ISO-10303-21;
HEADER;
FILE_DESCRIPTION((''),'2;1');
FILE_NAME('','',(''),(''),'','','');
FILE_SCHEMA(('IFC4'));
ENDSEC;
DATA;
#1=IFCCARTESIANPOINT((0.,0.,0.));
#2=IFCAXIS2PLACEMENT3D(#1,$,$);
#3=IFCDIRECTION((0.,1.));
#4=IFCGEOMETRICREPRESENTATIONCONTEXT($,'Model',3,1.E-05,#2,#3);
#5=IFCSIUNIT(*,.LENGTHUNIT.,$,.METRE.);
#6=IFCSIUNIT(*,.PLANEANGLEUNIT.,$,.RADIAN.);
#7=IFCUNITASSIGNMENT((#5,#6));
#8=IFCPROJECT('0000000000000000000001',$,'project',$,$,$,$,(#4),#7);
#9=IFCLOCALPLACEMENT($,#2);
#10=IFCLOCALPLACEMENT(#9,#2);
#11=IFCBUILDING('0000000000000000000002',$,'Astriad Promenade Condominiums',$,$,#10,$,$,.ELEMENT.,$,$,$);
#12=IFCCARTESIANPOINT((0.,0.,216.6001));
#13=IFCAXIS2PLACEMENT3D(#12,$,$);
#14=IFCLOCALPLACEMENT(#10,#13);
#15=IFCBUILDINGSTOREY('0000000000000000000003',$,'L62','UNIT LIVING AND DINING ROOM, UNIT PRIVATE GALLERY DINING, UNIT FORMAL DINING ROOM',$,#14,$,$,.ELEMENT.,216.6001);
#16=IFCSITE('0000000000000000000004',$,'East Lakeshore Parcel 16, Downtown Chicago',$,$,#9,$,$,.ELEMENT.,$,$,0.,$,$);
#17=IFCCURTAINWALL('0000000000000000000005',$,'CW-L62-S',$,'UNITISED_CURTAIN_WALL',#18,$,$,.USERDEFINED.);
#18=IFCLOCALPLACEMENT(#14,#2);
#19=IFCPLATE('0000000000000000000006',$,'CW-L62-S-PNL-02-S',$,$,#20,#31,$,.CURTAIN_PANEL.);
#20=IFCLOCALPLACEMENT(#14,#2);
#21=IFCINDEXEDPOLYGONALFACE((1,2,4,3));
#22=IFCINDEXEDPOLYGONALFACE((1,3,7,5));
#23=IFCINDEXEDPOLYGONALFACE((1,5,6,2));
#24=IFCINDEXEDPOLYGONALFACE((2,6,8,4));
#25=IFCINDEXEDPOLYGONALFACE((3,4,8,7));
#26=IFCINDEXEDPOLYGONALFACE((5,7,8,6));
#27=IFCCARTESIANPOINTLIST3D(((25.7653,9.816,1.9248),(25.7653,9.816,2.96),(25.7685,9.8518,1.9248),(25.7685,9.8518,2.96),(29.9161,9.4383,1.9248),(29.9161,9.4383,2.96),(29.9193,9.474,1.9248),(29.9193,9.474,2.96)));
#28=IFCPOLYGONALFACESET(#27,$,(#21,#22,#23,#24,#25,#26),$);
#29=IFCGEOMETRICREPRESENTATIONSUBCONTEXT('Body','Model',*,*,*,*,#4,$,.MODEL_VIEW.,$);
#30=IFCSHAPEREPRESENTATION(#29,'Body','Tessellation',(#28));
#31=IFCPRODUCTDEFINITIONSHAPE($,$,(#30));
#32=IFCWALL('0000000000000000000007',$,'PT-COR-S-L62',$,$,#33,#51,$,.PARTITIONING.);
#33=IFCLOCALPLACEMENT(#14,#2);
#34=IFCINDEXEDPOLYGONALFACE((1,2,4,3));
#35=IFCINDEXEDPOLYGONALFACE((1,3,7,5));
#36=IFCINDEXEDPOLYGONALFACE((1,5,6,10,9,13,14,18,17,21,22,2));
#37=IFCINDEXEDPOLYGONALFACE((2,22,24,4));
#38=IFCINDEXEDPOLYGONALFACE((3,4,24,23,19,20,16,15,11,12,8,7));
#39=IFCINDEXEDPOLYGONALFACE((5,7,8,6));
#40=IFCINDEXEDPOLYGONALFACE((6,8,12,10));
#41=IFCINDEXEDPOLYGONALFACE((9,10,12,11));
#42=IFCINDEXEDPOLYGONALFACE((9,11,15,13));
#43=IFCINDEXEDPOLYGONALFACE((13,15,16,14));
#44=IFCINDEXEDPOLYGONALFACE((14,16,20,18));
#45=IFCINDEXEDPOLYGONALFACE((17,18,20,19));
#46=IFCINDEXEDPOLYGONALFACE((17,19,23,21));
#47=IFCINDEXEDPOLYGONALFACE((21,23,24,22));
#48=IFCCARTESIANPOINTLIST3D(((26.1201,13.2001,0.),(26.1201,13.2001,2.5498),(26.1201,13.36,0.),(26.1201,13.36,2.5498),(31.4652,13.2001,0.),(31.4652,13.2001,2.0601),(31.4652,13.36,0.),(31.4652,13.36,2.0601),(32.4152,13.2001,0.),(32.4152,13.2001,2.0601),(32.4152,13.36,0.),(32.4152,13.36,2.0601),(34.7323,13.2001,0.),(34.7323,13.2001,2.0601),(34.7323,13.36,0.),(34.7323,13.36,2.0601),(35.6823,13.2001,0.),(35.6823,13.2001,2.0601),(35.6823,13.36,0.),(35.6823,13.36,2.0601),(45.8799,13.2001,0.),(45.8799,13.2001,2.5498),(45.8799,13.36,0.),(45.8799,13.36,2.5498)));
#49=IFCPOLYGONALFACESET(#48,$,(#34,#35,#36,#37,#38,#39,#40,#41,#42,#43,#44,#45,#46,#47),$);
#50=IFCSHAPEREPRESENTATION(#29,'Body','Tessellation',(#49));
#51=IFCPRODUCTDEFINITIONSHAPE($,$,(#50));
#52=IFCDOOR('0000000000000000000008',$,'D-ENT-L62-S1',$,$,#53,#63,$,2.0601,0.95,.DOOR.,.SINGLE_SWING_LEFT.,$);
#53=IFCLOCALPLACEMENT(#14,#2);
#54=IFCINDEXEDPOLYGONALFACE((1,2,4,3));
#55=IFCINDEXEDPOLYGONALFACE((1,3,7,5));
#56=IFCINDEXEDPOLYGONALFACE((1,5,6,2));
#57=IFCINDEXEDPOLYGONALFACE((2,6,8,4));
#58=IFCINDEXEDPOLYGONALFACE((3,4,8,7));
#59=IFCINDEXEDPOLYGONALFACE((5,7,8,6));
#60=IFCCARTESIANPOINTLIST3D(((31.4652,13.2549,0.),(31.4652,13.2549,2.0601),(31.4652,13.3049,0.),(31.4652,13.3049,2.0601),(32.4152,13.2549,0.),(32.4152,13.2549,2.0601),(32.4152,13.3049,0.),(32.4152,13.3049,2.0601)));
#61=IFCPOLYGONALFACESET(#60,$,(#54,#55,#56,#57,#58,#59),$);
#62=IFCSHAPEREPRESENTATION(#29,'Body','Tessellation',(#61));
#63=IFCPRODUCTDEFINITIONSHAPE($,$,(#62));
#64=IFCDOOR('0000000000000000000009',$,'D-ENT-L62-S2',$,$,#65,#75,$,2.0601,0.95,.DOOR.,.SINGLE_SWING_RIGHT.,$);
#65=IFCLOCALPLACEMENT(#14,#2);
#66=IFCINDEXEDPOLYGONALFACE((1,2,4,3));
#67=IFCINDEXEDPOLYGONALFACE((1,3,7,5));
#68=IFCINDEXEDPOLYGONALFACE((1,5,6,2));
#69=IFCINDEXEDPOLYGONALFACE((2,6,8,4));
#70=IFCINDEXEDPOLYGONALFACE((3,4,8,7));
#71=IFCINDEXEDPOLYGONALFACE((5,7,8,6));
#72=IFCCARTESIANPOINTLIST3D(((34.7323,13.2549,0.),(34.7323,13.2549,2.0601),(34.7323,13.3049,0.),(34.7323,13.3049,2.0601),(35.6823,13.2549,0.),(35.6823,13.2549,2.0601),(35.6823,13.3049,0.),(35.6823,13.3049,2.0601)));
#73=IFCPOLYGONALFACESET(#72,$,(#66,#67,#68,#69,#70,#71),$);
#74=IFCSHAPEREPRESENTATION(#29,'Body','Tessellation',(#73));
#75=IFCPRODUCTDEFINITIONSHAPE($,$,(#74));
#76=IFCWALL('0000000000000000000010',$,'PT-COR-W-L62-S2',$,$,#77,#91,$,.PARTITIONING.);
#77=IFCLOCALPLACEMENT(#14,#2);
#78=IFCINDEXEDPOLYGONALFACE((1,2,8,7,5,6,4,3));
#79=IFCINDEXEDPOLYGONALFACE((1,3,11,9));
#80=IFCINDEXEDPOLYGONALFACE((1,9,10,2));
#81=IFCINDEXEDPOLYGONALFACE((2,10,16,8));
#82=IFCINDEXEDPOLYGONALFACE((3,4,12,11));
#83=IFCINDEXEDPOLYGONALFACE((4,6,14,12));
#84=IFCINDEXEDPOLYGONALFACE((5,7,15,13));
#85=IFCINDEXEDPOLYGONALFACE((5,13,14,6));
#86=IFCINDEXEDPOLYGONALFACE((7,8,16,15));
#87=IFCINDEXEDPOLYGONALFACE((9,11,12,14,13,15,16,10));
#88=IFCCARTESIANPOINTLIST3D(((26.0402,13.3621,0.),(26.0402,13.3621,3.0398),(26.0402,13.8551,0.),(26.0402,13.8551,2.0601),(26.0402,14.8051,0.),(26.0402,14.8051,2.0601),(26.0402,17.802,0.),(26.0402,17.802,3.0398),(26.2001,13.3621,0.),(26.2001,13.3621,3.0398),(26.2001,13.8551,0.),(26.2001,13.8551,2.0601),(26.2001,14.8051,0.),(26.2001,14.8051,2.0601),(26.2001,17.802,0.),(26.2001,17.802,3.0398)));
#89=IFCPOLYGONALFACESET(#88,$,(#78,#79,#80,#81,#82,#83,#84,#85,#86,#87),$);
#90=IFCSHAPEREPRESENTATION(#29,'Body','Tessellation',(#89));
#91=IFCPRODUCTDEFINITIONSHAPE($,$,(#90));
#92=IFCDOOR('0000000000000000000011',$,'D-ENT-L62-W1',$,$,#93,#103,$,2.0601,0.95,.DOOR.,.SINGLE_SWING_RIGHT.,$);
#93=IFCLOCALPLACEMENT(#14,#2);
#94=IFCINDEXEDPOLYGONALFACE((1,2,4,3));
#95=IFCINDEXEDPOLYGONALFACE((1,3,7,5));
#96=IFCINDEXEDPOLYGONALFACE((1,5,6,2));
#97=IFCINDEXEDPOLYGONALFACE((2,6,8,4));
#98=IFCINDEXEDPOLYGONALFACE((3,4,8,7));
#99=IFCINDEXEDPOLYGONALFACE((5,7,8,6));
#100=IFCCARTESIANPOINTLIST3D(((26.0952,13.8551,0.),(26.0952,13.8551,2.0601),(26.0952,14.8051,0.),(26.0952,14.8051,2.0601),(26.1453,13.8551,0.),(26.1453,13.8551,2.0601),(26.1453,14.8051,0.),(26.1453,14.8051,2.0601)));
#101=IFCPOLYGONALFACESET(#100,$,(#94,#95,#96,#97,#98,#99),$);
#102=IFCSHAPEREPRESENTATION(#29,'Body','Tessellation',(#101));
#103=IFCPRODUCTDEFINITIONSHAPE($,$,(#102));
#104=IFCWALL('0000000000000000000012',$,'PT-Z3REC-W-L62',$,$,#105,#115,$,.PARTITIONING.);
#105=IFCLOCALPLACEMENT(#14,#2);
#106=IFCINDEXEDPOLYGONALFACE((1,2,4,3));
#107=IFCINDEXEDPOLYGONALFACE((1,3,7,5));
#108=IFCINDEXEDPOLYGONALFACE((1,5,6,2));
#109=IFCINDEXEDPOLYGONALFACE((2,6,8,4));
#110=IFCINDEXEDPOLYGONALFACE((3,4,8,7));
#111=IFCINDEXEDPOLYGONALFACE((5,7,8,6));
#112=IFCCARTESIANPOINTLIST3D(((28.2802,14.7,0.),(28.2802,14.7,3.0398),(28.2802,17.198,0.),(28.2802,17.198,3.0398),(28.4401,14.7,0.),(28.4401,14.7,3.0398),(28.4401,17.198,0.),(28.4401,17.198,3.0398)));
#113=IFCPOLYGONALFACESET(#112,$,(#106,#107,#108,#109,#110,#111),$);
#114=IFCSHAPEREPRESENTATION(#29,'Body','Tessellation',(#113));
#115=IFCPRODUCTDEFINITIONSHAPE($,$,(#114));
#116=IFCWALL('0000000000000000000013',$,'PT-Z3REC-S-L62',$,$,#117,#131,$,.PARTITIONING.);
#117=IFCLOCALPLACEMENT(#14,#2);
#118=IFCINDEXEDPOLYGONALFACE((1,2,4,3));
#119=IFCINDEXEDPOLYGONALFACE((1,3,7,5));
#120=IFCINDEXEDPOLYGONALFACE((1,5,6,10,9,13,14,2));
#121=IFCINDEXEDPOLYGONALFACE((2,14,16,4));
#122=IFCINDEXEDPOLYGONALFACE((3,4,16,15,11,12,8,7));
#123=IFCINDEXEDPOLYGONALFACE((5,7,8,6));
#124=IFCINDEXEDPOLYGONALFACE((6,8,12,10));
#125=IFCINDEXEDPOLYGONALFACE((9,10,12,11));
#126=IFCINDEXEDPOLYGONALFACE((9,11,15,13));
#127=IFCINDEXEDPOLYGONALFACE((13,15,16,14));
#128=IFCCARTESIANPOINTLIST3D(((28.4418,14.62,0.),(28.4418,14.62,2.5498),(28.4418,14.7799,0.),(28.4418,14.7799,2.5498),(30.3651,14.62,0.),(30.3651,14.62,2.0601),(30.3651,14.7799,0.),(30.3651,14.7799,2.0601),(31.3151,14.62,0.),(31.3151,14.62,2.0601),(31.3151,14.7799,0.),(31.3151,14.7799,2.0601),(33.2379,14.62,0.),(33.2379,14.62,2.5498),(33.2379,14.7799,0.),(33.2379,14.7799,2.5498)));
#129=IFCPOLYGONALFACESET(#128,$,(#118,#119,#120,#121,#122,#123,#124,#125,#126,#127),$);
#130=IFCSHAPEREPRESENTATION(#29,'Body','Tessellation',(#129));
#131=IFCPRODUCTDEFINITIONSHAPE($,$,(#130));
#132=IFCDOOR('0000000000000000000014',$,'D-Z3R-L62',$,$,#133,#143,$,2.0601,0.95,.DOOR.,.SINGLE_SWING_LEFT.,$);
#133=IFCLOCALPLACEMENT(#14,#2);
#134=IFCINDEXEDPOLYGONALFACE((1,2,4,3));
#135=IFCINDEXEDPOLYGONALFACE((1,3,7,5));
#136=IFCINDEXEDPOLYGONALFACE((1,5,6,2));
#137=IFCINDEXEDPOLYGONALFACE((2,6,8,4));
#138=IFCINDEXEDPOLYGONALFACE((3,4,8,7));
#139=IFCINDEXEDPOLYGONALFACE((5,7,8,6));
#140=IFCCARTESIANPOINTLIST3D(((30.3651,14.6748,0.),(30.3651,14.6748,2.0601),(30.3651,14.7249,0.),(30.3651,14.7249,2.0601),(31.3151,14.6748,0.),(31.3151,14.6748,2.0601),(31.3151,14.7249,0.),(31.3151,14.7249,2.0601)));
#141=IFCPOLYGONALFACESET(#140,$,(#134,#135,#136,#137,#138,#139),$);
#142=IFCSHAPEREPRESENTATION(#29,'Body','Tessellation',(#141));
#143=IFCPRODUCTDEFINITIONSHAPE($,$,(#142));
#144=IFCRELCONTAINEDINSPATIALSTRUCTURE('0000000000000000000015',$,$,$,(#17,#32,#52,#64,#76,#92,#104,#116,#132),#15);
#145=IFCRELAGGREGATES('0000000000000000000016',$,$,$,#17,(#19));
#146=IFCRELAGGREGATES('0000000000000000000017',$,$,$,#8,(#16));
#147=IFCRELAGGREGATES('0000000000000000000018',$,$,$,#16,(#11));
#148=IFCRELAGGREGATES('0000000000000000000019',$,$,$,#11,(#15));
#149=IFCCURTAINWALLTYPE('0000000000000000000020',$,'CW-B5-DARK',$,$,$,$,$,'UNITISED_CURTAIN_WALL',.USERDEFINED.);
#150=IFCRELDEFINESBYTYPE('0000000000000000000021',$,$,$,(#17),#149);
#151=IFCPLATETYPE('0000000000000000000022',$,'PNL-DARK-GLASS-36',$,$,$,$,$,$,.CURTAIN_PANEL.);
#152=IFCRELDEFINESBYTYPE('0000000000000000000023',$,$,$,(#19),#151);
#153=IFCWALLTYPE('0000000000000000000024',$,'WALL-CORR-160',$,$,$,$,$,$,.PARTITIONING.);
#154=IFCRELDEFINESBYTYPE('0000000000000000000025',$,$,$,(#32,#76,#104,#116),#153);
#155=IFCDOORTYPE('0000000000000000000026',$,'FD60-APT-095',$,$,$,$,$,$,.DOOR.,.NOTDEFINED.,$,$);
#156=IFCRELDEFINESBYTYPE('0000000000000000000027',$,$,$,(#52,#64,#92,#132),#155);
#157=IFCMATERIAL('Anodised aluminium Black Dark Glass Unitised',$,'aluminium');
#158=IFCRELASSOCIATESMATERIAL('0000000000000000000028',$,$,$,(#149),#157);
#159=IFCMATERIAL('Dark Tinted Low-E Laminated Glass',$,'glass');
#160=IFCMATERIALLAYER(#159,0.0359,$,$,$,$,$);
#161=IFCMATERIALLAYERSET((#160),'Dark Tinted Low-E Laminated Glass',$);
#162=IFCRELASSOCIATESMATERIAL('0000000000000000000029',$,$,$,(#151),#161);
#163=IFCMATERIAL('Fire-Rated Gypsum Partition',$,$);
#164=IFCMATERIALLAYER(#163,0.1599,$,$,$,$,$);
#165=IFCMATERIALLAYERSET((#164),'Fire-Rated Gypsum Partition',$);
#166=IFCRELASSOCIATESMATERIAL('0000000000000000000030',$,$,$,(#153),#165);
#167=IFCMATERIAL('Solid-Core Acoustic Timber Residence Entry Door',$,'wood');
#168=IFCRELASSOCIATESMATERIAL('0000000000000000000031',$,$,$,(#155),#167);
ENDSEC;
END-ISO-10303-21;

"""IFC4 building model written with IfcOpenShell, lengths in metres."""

from ifc_helpers import new_model, si_unit, direction, frame, frame_2d, origin, origin_2d, place, context, subcontext, project, spatial, rectangle, extrude, source, transform, mapped, material, layer, layer_set, type_object, type_shapes, element, fill, aggregate, save


model = new_model("IFC4")

# Units and contexts
model_context = context("Model", 3, precision=1e-05, world=origin(), true_north=direction((0.0, 1.0)))
body_context = subcontext(model_context, "Body", "Model", "MODEL_VIEW")
ifc_project = project(units=[si_unit("LENGTHUNIT", "METRE"), si_unit("PLANEANGLEUNIT", "RADIAN")], contexts=[model_context])

# Site, building, storey
site_placement = place(None, origin())
site = spatial("IfcSite", under=ifc_project, at=site_placement, Name="East Lakeshore Parcel 16, Downtown Chicago", CompositionType="ELEMENT", RefElevation=0.0)
building_placement = place(site_placement, origin())
building = spatial("IfcBuilding", under=site, at=building_placement, Name="Astriad Promenade Condominiums", CompositionType="ELEMENT")
storey_placement = place(building_placement, frame((0.0, 0.0, 216.6001)))
storey = spatial("IfcBuildingStorey", under=building, at=storey_placement, Name="L62", Description="UNIT LIVING AND DINING ROOM, UNIT PRIVATE GALLERY DINING, UNIT FORMAL DINING ROOM", CompositionType="ELEMENT", Elevation=216.6001)

# Curtain wall, plate
ifc_material_1 = material(Name="Anodised aluminium Black Dark Glass Unitised", Category="aluminium")
curtain_wall_type = type_object("IfcCurtainWallType", Name="CW-B5-DARK", ElementType="UNITISED_CURTAIN_WALL", PredefinedType="USERDEFINED", material=ifc_material_1)
curtain_wall_placement = place(storey_placement, origin())
curtain_wall = element("IfcCurtainWall", 1, at=curtain_wall_placement, inside=storey, type_object=curtain_wall_type, Name="CW-L62-S", ObjectType="UNITISED_CURTAIN_WALL", PredefinedType="USERDEFINED")
ifc_material_2 = material(Name="Dark Tinted Low-E Laminated Glass", Category="glass")
ifc_layer_1 = layer(ifc_material_2, 0.0359)
ifc_layer_set_1 = layer_set([ifc_layer_1], Name="Dark Tinted Low-E Laminated Glass")
plate_type = type_object("IfcPlateType", Name="PNL-DARK-GLASS-36", PredefinedType="CURTAIN_PANEL", material=ifc_layer_set_1)
shared_shape_1 = source(origin(), body_context, "Body", "SweptSolid", [
    extrude(rectangle(XDim=4.168, YDim=0.0359, at=origin_2d()), origin(), (0.0, 0.0, 1.0), 1.0352),
])
plate_1_placement = place(storey_placement, frame((27.8423, 9.645, 1.9248), z_axis=(0.0, 0.0, 1.0), x_axis=(-0.995884, 0.090633, 0.0)))
plate_1 = element("IfcPlate", 2, at=plate_1_placement, type_object=plate_type, Name="CW-L62-S-PNL-02-S", PredefinedType="CURTAIN_PANEL", context=body_context, shape_type="MappedRepresentation", body=[
    mapped(shared_shape_1, transform((0.0, 0.0, 0.0), scale=1.0)),
])
aggregate(curtain_wall, [plate_1])

# Wall, openings, doors
ifc_material_3 = material(Name="Fire-Rated Gypsum Partition")
ifc_layer_2 = layer(ifc_material_3, 0.1599)
ifc_layer_set_2 = layer_set([ifc_layer_2], Name="Fire-Rated Gypsum Partition")
wall_type_1 = type_object("IfcWallType", Name="WALL-CORR-160", PredefinedType="PARTITIONING", material=ifc_layer_set_2)
wall_1_placement = place(storey_placement, frame((26.1201, 13.28, 0.0), z_axis=(0.0, 0.0, 1.0), x_axis=(1.0, 0.0, 0.0)))
wall_1 = element("IfcWall", 3, at=wall_1_placement, inside=storey, type_object=wall_type_1, Name="PT-COR-S-L62", PredefinedType="PARTITIONING", context=body_context, shape_type="SweptSolid", body=[
    extrude(rectangle(XDim=19.7598, YDim=0.1599, at=frame_2d((9.8799, 0.0))), origin(), (0.0, 0.0, 1.0), 2.5498),
])
opening_1_placement = place(wall_1_placement, frame((5.345, 0.0, 0.0)))
opening_1 = element("IfcOpeningElement", 4, at=opening_1_placement, cuts=wall_1, PredefinedType="OPENING", context=body_context, shape_type="SweptSolid", body=[
    extrude(rectangle(XDim=0.95, YDim=2.0601, at=frame_2d((0.4751, 1.03))), frame((0.0, 0.0898, 0.0), z_axis=(0.0, -1.0, 0.0), x_axis=(1.0, 0.0, 0.0)), (0.0, 0.0, 1.0), 0.1799),
])
opening_2_placement = place(wall_1_placement, frame((8.6121, 0.0, 0.0)))
opening_2 = element("IfcOpeningElement", 5, at=opening_2_placement, cuts=wall_1, PredefinedType="OPENING", context=body_context, shape_type="SweptSolid", body=[
    extrude(rectangle(XDim=0.95, YDim=2.0601, at=frame_2d((0.4751, 1.03))), frame((0.0, 0.0898, 0.0), z_axis=(0.0, -1.0, 0.0), x_axis=(1.0, 0.0, 0.0)), (0.0, 0.0, 1.0), 0.1799),
])
ifc_material_4 = material(Name="Solid-Core Acoustic Timber Residence Entry Door", Category="wood")
door_type_1 = type_object("IfcDoorType", Name="FD60-APT-095", OperationType="NOTDEFINED", PredefinedType="DOOR", material=ifc_material_4)
shared_shape_2 = source(origin(), body_context, "Body", "SweptSolid", [
    extrude(rectangle(XDim=0.95, YDim=2.0601, at=frame_2d((0.4751, 1.03))), frame((0.0, 0.0249, 0.0), z_axis=(0.0, -1.0, 0.0), x_axis=(1.0, 0.0, 0.0)), (0.0, 0.0, 1.0), 0.05),
])
type_shapes(door_type_1, [shared_shape_2])
door_1_placement = place(opening_1_placement, origin())
door_1 = element("IfcDoor", 6, at=door_1_placement, inside=storey, type_object=door_type_1, Name="D-ENT-L62-S1", OperationType="SINGLE_SWING_LEFT", OverallHeight=2.0601, OverallWidth=0.95, PredefinedType="DOOR", context=body_context, shape_type="MappedRepresentation", body=[
    mapped(shared_shape_2, transform((0.0, 0.0, 0.0), scale=1.0)),
])
fill(opening_1, door_1)
door_2_placement = place(opening_2_placement, origin())
door_2 = element("IfcDoor", 7, at=door_2_placement, inside=storey, type_object=door_type_1, Name="D-ENT-L62-S2", OperationType="SINGLE_SWING_RIGHT", OverallHeight=2.0601, OverallWidth=0.95, PredefinedType="DOOR", context=body_context, shape_type="MappedRepresentation", body=[
    mapped(shared_shape_2, transform((0.0, 0.0, 0.0), scale=1.0)),
])
fill(opening_2, door_2)

# Wall, opening, door
wall_2_placement = place(storey_placement, frame((26.1201, 13.3621, 0.0), z_axis=(0.0, 0.0, 1.0), x_axis=(0.0, 1.0, 0.0)))
wall_2 = element("IfcWall", 8, at=wall_2_placement, inside=storey, type_object=wall_type_1, Name="PT-COR-W-L62-S2", PredefinedType="PARTITIONING", context=body_context, shape_type="SweptSolid", body=[
    extrude(rectangle(XDim=4.4399, YDim=0.1599, at=frame_2d((2.22, 0.0))), origin(), (0.0, 0.0, 1.0), 3.0398),
])
opening_3_placement = place(wall_2_placement, frame((0.4929, 0.0, 0.0)))
opening_3 = element("IfcOpeningElement", 9, at=opening_3_placement, cuts=wall_2, PredefinedType="OPENING", context=body_context, shape_type="SweptSolid", body=[
    extrude(rectangle(XDim=0.95, YDim=2.0601, at=frame_2d((0.4751, 1.03))), frame((0.0, 0.0898, 0.0), z_axis=(0.0, -1.0, 0.0), x_axis=(1.0, 0.0, 0.0)), (0.0, 0.0, 1.0), 0.1799),
])
door_3_placement = place(opening_3_placement, origin())
door_3 = element("IfcDoor", 10, at=door_3_placement, inside=storey, type_object=door_type_1, Name="D-ENT-L62-W1", OperationType="SINGLE_SWING_RIGHT", OverallHeight=2.0601, OverallWidth=0.95, PredefinedType="DOOR", context=body_context, shape_type="MappedRepresentation", body=[
    mapped(shared_shape_2, transform((0.0, 0.0, 0.0), scale=1.0)),
])
fill(opening_3, door_3)

# Wall
wall_3_placement = place(storey_placement, frame((28.3601, 14.7, 0.0), z_axis=(0.0, 0.0, 1.0), x_axis=(0.0, 1.0, 0.0)))
element("IfcWall", 11, at=wall_3_placement, inside=storey, type_object=wall_type_1, Name="PT-Z3REC-W-L62", PredefinedType="PARTITIONING", context=body_context, shape_type="SweptSolid", body=[
    extrude(rectangle(XDim=2.498, YDim=0.1599, at=frame_2d((1.249, 0.0))), origin(), (0.0, 0.0, 1.0), 3.0398),
])

# Wall, opening, door
wall_4_placement = place(storey_placement, frame((28.4419, 14.7, 0.0), z_axis=(0.0, 0.0, 1.0), x_axis=(1.0, 0.0, 0.0)))
wall_4 = element("IfcWall", 12, at=wall_4_placement, inside=storey, type_object=wall_type_1, Name="PT-Z3REC-S-L62", PredefinedType="PARTITIONING", context=body_context, shape_type="SweptSolid", body=[
    extrude(rectangle(XDim=4.7961, YDim=0.1599, at=frame_2d((2.3979, 0.0))), origin(), (0.0, 0.0, 1.0), 2.5498),
])
opening_4_placement = place(wall_4_placement, frame((1.9231, 0.0, 0.0)))
opening_4 = element("IfcOpeningElement", 13, at=opening_4_placement, cuts=wall_4, PredefinedType="OPENING", context=body_context, shape_type="SweptSolid", body=[
    extrude(rectangle(XDim=0.95, YDim=2.0601, at=frame_2d((0.4751, 1.03))), frame((0.0, 0.0898, 0.0), z_axis=(0.0, -1.0, 0.0), x_axis=(1.0, 0.0, 0.0)), (0.0, 0.0, 1.0), 0.1799),
])
door_4_placement = place(opening_4_placement, origin())
door_4 = element("IfcDoor", 14, at=door_4_placement, inside=storey, type_object=door_type_1, Name="D-Z3R-L62", OperationType="SINGLE_SWING_LEFT", OverallHeight=2.0601, OverallWidth=0.95, PredefinedType="DOOR", context=body_context, shape_type="MappedRepresentation", body=[
    mapped(shared_shape_2, transform((0.0, 0.0, 0.0), scale=1.0)),
])
fill(opening_4, door_4)

save(model, "model.ifc")
